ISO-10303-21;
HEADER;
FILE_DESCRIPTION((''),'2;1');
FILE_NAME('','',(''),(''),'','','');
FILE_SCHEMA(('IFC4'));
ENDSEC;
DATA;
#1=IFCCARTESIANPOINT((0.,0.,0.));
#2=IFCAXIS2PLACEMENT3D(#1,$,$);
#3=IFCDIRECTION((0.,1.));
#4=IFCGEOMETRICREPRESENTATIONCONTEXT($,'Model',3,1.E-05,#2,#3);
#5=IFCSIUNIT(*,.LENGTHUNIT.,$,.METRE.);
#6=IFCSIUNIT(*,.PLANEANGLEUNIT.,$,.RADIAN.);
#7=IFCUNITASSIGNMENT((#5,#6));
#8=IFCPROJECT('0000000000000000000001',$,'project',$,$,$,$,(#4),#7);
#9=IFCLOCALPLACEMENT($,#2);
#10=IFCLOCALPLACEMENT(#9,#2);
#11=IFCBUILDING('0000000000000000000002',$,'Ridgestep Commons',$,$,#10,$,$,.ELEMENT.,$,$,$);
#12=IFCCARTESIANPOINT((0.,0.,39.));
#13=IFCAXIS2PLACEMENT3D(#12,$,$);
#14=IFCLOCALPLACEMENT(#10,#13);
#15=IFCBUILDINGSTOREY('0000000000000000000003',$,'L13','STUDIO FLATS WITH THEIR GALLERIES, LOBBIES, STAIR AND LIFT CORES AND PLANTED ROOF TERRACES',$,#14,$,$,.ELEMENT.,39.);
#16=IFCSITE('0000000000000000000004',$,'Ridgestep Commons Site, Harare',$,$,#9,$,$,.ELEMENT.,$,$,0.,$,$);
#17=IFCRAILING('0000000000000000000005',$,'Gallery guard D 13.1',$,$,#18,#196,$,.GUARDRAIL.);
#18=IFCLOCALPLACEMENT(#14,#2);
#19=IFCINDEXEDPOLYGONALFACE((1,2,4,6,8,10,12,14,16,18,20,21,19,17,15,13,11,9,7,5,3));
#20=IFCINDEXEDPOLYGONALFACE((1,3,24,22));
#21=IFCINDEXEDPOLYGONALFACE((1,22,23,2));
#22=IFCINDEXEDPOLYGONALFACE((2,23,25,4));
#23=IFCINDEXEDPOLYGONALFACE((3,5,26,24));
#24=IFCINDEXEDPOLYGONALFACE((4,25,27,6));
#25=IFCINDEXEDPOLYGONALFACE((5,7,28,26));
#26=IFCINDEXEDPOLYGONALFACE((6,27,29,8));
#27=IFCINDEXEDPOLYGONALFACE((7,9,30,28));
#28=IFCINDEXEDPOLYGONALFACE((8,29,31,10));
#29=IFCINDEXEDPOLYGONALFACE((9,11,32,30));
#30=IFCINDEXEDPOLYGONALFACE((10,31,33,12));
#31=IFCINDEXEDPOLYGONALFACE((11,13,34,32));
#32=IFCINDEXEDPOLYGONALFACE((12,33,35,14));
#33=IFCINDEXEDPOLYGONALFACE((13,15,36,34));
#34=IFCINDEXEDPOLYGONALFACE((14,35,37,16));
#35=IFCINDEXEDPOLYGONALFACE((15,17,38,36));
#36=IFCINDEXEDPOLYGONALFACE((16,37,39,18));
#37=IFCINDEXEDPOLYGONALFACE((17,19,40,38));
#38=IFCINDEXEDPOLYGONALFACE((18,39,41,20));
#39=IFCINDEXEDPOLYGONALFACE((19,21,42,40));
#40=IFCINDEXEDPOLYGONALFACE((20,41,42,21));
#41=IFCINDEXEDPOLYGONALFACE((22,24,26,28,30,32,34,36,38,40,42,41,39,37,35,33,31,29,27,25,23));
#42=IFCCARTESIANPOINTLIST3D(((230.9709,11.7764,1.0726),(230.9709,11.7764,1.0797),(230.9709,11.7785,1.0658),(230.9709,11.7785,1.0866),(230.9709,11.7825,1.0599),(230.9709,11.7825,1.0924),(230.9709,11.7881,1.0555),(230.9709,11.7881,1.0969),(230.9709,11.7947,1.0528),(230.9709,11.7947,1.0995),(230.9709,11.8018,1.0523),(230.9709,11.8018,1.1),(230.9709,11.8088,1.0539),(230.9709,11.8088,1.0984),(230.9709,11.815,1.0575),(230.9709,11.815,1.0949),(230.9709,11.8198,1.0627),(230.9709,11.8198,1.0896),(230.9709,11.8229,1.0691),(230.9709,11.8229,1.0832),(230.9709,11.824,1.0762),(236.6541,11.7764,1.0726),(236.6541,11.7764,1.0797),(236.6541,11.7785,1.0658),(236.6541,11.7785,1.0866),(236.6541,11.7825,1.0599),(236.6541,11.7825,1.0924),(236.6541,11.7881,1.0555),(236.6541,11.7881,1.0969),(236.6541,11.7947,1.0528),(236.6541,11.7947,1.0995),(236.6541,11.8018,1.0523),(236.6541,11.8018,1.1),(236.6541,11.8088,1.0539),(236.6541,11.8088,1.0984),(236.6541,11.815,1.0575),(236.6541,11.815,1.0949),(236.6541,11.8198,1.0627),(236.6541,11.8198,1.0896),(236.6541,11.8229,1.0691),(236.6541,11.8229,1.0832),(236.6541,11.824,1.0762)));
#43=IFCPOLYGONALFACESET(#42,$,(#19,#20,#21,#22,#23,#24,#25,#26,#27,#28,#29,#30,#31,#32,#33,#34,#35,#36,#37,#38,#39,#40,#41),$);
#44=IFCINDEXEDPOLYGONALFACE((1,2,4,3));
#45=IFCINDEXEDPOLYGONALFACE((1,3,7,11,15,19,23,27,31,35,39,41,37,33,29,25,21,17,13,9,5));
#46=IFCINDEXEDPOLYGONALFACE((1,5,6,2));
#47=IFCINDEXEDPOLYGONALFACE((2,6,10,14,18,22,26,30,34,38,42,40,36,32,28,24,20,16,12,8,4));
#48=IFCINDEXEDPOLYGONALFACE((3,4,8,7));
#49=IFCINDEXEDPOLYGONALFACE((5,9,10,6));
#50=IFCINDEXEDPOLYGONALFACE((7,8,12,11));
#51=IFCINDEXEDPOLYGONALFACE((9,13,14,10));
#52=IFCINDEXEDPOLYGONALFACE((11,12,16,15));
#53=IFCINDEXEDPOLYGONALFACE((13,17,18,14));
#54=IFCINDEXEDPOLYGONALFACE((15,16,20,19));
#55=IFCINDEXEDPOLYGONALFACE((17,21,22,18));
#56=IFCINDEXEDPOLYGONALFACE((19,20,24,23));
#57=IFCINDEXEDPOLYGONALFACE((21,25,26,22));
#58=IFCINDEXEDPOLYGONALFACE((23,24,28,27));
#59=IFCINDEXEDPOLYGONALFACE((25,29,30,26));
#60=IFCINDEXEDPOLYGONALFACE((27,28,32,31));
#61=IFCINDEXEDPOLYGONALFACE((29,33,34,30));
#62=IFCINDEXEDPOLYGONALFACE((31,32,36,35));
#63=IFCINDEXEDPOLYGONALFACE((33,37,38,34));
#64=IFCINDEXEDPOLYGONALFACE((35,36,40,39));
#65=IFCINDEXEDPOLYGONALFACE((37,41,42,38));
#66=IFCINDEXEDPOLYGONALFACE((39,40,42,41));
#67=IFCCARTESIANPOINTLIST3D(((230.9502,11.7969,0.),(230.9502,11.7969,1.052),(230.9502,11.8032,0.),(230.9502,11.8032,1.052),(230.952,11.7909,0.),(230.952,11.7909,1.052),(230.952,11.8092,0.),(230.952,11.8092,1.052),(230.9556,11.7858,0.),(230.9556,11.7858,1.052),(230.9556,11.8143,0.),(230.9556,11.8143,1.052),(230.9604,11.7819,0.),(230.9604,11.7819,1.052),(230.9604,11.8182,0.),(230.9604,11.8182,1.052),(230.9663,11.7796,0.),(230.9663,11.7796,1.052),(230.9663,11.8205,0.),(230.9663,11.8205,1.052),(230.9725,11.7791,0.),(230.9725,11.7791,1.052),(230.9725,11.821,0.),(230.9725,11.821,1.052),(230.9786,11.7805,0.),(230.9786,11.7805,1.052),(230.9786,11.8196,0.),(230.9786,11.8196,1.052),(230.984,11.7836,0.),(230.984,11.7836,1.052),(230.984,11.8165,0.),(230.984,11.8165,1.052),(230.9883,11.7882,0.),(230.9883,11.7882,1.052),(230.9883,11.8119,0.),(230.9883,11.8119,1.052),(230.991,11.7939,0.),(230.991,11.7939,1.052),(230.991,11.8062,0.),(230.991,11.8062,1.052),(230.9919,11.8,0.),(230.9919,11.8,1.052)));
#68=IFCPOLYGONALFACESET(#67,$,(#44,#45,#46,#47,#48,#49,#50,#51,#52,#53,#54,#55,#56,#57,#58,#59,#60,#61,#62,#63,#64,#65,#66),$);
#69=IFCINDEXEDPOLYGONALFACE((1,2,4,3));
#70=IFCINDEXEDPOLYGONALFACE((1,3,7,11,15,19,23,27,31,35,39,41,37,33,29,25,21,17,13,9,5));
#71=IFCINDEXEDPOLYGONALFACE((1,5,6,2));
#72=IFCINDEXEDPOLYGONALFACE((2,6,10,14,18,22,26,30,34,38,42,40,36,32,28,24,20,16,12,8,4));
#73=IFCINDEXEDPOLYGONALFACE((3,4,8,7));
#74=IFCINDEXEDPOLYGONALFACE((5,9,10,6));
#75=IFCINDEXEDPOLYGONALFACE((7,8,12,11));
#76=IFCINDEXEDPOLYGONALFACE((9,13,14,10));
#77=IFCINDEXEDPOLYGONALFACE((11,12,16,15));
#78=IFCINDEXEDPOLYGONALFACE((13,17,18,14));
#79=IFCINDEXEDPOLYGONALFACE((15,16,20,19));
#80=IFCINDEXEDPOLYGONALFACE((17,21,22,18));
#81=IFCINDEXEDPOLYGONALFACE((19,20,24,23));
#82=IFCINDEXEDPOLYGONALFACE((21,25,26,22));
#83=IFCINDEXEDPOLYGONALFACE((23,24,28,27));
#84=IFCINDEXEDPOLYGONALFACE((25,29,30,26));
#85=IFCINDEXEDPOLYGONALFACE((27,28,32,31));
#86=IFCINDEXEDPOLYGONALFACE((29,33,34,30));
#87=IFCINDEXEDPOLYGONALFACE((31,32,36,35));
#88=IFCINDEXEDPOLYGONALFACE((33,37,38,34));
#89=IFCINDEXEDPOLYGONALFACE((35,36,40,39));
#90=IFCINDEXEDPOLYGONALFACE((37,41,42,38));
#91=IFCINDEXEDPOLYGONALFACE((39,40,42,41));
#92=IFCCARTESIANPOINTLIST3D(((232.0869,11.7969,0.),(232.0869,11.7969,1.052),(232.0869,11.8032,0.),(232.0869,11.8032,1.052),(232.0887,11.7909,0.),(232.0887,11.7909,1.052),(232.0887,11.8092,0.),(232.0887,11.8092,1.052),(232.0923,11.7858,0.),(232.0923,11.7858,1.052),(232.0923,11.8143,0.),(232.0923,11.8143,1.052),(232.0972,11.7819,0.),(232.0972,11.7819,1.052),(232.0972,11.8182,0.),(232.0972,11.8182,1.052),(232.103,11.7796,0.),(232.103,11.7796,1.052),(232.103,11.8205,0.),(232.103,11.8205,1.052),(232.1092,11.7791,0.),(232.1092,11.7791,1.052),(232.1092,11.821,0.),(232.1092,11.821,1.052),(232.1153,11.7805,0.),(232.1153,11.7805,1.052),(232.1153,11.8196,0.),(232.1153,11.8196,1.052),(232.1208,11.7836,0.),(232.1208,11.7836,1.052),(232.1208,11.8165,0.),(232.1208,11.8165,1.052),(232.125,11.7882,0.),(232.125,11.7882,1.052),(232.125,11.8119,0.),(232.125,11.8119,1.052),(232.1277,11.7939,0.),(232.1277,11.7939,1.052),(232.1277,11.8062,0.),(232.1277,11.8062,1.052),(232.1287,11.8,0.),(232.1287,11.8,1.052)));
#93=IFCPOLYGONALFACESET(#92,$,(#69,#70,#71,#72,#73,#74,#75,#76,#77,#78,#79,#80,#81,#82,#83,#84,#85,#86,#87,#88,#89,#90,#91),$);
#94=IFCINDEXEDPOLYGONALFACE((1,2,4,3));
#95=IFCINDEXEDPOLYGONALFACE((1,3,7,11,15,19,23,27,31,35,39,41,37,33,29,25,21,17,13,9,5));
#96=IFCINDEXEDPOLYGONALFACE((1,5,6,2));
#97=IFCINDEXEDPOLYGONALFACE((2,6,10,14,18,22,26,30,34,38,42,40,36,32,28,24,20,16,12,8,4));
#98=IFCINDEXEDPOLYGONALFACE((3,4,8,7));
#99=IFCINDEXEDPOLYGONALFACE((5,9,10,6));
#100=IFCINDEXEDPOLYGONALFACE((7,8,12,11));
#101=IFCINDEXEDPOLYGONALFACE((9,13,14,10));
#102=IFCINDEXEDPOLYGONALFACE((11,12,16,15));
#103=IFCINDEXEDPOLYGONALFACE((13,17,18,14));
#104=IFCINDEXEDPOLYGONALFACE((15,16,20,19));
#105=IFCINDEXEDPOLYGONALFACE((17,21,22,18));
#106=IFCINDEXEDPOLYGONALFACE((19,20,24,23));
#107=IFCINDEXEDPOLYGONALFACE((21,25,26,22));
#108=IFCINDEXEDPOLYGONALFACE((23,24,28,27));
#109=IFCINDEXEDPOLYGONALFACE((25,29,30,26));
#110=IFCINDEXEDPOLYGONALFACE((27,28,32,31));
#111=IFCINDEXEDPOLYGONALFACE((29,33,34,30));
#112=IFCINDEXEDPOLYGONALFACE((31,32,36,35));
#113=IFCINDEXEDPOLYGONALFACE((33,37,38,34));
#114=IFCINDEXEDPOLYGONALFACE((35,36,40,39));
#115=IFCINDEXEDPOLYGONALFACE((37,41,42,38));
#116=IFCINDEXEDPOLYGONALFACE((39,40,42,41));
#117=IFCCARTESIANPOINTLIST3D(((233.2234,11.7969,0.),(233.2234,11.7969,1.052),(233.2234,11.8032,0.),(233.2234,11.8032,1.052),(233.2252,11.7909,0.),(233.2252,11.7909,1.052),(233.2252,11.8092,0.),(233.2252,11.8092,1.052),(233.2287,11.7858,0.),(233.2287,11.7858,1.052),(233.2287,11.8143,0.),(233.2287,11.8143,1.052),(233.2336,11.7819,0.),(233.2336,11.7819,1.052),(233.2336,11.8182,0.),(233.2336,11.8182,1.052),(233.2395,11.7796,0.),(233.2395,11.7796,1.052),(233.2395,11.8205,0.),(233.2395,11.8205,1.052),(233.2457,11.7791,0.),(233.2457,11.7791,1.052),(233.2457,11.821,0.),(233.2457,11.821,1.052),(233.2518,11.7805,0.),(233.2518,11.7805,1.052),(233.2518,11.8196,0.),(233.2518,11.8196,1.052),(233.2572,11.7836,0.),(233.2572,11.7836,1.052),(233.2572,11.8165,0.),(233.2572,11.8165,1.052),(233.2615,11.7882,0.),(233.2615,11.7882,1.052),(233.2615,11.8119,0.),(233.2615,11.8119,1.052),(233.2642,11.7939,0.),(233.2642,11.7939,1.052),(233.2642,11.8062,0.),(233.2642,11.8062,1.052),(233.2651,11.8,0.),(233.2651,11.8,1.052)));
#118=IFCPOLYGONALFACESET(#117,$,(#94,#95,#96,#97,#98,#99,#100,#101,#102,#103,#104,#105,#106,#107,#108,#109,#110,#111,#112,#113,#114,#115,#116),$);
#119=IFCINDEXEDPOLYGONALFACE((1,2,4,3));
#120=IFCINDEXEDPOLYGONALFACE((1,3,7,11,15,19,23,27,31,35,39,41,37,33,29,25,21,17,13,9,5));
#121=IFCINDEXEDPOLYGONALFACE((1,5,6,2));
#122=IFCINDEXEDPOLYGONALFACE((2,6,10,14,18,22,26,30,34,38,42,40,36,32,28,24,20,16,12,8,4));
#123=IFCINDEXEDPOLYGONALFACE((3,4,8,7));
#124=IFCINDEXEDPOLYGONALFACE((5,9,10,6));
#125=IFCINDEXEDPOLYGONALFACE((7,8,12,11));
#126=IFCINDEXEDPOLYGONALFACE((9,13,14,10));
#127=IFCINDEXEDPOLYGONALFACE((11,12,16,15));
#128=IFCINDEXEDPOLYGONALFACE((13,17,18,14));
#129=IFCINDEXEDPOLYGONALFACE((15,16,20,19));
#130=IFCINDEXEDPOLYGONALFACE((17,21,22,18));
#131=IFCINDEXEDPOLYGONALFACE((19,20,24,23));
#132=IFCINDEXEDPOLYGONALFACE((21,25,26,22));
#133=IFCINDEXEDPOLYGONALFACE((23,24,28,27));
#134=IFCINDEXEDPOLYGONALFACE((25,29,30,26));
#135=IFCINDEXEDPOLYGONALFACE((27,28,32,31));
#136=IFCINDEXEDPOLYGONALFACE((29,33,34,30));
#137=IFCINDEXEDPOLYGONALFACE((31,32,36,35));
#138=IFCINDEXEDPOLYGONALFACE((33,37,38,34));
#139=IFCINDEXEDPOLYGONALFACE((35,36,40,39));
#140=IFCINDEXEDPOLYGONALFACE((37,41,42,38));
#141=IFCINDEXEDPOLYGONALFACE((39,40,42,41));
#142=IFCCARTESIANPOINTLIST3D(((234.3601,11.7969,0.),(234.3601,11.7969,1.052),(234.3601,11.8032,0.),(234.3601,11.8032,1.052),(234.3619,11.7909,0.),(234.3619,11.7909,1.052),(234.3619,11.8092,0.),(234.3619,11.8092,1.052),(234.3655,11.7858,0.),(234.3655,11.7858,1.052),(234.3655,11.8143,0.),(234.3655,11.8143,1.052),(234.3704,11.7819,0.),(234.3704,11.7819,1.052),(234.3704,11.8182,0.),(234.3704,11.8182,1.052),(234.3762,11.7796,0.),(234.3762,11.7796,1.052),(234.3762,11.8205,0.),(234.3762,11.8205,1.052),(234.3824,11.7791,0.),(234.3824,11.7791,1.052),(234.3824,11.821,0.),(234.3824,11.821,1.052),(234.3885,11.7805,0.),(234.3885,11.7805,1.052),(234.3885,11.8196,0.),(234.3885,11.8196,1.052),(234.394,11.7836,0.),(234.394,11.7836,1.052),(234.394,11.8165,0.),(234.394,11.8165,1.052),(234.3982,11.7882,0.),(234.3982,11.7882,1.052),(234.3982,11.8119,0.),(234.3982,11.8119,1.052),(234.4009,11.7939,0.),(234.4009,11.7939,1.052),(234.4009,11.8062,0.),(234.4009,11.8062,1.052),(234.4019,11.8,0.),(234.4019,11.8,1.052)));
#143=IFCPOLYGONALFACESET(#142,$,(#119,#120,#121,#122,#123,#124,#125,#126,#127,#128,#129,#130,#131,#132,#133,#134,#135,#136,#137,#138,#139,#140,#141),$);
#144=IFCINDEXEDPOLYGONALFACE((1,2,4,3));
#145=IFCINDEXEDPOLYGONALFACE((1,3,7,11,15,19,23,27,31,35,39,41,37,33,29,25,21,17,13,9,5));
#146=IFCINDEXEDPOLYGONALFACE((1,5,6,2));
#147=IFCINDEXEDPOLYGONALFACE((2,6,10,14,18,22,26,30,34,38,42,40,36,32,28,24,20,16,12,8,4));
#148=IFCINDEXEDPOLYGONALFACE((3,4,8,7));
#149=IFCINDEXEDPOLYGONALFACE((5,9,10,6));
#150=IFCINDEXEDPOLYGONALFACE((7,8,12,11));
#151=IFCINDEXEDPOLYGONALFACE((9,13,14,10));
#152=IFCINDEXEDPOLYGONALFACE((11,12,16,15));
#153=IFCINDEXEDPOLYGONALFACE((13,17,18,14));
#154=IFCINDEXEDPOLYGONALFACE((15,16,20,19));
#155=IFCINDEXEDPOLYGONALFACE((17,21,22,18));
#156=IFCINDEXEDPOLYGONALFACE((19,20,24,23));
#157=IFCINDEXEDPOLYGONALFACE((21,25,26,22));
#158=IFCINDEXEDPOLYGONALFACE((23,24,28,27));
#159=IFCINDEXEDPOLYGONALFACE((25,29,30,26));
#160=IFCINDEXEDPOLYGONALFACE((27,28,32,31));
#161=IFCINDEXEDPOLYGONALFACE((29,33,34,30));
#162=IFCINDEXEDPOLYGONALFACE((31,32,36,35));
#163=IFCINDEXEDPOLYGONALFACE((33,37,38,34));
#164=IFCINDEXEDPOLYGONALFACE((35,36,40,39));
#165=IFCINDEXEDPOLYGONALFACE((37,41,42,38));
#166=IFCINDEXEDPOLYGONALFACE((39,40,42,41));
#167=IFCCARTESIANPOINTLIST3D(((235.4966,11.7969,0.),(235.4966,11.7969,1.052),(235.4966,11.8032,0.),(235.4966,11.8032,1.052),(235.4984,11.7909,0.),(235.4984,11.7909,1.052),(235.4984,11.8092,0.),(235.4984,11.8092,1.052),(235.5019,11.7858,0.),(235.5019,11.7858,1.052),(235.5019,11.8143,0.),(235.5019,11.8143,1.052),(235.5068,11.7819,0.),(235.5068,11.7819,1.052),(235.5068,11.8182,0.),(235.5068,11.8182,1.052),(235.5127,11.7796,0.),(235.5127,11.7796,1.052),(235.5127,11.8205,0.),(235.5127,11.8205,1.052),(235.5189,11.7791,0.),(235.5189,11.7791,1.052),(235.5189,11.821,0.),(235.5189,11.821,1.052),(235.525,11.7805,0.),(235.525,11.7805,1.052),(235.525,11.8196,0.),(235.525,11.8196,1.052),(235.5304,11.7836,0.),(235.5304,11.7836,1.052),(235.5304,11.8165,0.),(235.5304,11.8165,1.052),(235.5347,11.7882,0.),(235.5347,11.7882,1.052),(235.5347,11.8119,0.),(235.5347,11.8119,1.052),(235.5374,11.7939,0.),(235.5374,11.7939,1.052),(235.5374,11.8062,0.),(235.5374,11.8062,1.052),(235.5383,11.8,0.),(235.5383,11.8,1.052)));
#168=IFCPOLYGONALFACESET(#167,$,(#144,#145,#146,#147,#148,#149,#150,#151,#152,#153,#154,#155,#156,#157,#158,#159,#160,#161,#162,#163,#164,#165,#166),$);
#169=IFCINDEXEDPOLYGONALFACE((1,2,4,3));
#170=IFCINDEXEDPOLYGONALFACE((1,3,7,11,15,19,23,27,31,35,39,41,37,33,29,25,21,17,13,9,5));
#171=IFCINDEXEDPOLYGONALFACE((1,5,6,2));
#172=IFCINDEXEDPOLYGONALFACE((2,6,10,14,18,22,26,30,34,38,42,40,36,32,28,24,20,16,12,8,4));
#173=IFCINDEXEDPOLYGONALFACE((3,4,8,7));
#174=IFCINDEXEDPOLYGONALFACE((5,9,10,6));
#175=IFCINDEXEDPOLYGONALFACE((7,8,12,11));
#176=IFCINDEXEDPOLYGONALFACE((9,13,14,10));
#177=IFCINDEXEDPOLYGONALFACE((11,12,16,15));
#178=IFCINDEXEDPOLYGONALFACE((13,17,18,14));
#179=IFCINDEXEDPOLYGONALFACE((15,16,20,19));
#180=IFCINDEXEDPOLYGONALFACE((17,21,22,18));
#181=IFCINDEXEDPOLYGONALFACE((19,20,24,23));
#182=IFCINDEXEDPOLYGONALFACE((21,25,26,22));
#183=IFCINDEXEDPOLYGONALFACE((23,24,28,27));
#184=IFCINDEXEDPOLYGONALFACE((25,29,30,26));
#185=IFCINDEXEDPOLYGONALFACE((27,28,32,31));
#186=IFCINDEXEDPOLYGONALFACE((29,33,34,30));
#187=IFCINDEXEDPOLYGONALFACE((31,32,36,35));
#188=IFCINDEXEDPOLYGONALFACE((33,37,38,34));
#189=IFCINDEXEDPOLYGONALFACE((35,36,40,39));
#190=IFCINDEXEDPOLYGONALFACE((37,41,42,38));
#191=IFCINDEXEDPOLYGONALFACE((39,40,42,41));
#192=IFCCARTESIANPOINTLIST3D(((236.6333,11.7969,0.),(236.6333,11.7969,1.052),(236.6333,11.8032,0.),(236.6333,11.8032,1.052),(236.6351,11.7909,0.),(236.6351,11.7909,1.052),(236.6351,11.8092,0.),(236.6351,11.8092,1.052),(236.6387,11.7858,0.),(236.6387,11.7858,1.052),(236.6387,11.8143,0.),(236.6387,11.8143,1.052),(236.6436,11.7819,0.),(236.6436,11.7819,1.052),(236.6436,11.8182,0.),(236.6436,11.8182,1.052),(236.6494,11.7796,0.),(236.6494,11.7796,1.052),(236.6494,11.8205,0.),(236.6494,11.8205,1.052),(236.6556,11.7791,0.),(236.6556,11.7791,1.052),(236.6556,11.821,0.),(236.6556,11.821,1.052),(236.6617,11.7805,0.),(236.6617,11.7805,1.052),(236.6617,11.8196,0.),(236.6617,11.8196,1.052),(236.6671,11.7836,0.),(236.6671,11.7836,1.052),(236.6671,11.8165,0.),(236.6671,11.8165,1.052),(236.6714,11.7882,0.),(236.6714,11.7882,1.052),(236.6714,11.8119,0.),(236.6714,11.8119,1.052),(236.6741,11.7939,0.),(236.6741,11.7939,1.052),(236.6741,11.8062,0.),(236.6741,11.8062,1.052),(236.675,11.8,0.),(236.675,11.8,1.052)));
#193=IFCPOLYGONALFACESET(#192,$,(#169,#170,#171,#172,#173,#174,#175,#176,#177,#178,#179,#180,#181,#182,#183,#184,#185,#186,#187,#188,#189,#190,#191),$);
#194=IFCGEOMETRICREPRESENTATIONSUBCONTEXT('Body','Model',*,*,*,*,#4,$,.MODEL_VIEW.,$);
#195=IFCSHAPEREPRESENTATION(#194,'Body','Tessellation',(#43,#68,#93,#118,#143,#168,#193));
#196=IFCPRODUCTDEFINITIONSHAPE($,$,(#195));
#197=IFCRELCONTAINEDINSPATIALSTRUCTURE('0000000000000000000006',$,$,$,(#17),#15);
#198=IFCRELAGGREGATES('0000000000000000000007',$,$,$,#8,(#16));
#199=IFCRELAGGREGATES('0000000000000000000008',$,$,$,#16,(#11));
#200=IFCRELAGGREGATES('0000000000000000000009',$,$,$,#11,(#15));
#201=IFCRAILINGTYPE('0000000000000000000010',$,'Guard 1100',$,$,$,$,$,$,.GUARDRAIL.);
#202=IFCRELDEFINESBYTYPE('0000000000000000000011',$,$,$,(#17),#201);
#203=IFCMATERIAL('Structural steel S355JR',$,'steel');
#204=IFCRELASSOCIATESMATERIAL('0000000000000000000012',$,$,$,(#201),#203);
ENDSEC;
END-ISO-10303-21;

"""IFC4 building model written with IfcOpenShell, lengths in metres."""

from ifc_helpers import new_model, si_unit, direction, frame, origin, origin_2d, place, context, subcontext, project, spatial, circle, extrude, material, type_object, element, save


model = new_model("IFC4")

# Units and contexts
model_context = context("Model", 3, precision=1e-05, world=origin(), true_north=direction((0.0, 1.0)))
body_context = subcontext(model_context, "Body", "Model", "MODEL_VIEW")
ifc_project = project(units=[si_unit("LENGTHUNIT", "METRE"), si_unit("PLANEANGLEUNIT", "RADIAN")], contexts=[model_context])

# Site, building, storey
site_placement = place(None, origin())
site = spatial("IfcSite", under=ifc_project, at=site_placement, Name="Ridgestep Commons Site, Harare", CompositionType="ELEMENT", RefElevation=0.0)
building_placement = place(site_placement, origin())
building = spatial("IfcBuilding", under=site, at=building_placement, Name="Ridgestep Commons", CompositionType="ELEMENT")
storey_placement = place(building_placement, frame((0.0, 0.0, 39.0)))
storey = spatial("IfcBuildingStorey", under=building, at=storey_placement, Name="L13", Description="STUDIO FLATS WITH THEIR GALLERIES, LOBBIES, STAIR AND LIFT CORES AND PLANTED ROOF TERRACES", CompositionType="ELEMENT", Elevation=39.0)

# Railing
ifc_material_1 = material(Name="Structural steel S355JR", Category="steel")
railing_type_1 = type_object("IfcRailingType", Name="Guard 1100", PredefinedType="GUARDRAIL", material=ifc_material_1)
railing_1_placement = place(storey_placement, frame((230.9709, 11.8, 0.0)))
element("IfcRailing", 1, at=railing_1_placement, inside=storey, type_object=railing_type_1, Name="Gallery guard D 13.1", PredefinedType="GUARDRAIL", context=body_context, shape_type="SweptSolid", body=[
    extrude(circle(Radius=0.0239, at=origin_2d()), frame((0.0, 0.0, 1.0762), z_axis=(1.0, 0.0, 0.0), x_axis=(0.0, 1.0, 0.0)), (0.0, 0.0, 1.0), 5.6831),
    extrude(circle(Radius=0.021, at=origin_2d()), origin(), (0.0, 0.0, 1.0), 1.052),
    extrude(circle(Radius=0.021, at=origin_2d()), frame((1.1367, 0.0, 0.0)), (0.0, 0.0, 1.0), 1.052),
    extrude(circle(Radius=0.021, at=origin_2d()), frame((2.2732, 0.0, 0.0)), (0.0, 0.0, 1.0), 1.052),
    extrude(circle(Radius=0.021, at=origin_2d()), frame((3.4099, 0.0, 0.0)), (0.0, 0.0, 1.0), 1.052),
    extrude(circle(Radius=0.021, at=origin_2d()), frame((4.5464, 0.0, 0.0)), (0.0, 0.0, 1.0), 1.052),
    extrude(circle(Radius=0.021, at=origin_2d()), frame((5.6831, 0.0, 0.0)), (0.0, 0.0, 1.0), 1.052),
])

save(model, "model.ifc")
